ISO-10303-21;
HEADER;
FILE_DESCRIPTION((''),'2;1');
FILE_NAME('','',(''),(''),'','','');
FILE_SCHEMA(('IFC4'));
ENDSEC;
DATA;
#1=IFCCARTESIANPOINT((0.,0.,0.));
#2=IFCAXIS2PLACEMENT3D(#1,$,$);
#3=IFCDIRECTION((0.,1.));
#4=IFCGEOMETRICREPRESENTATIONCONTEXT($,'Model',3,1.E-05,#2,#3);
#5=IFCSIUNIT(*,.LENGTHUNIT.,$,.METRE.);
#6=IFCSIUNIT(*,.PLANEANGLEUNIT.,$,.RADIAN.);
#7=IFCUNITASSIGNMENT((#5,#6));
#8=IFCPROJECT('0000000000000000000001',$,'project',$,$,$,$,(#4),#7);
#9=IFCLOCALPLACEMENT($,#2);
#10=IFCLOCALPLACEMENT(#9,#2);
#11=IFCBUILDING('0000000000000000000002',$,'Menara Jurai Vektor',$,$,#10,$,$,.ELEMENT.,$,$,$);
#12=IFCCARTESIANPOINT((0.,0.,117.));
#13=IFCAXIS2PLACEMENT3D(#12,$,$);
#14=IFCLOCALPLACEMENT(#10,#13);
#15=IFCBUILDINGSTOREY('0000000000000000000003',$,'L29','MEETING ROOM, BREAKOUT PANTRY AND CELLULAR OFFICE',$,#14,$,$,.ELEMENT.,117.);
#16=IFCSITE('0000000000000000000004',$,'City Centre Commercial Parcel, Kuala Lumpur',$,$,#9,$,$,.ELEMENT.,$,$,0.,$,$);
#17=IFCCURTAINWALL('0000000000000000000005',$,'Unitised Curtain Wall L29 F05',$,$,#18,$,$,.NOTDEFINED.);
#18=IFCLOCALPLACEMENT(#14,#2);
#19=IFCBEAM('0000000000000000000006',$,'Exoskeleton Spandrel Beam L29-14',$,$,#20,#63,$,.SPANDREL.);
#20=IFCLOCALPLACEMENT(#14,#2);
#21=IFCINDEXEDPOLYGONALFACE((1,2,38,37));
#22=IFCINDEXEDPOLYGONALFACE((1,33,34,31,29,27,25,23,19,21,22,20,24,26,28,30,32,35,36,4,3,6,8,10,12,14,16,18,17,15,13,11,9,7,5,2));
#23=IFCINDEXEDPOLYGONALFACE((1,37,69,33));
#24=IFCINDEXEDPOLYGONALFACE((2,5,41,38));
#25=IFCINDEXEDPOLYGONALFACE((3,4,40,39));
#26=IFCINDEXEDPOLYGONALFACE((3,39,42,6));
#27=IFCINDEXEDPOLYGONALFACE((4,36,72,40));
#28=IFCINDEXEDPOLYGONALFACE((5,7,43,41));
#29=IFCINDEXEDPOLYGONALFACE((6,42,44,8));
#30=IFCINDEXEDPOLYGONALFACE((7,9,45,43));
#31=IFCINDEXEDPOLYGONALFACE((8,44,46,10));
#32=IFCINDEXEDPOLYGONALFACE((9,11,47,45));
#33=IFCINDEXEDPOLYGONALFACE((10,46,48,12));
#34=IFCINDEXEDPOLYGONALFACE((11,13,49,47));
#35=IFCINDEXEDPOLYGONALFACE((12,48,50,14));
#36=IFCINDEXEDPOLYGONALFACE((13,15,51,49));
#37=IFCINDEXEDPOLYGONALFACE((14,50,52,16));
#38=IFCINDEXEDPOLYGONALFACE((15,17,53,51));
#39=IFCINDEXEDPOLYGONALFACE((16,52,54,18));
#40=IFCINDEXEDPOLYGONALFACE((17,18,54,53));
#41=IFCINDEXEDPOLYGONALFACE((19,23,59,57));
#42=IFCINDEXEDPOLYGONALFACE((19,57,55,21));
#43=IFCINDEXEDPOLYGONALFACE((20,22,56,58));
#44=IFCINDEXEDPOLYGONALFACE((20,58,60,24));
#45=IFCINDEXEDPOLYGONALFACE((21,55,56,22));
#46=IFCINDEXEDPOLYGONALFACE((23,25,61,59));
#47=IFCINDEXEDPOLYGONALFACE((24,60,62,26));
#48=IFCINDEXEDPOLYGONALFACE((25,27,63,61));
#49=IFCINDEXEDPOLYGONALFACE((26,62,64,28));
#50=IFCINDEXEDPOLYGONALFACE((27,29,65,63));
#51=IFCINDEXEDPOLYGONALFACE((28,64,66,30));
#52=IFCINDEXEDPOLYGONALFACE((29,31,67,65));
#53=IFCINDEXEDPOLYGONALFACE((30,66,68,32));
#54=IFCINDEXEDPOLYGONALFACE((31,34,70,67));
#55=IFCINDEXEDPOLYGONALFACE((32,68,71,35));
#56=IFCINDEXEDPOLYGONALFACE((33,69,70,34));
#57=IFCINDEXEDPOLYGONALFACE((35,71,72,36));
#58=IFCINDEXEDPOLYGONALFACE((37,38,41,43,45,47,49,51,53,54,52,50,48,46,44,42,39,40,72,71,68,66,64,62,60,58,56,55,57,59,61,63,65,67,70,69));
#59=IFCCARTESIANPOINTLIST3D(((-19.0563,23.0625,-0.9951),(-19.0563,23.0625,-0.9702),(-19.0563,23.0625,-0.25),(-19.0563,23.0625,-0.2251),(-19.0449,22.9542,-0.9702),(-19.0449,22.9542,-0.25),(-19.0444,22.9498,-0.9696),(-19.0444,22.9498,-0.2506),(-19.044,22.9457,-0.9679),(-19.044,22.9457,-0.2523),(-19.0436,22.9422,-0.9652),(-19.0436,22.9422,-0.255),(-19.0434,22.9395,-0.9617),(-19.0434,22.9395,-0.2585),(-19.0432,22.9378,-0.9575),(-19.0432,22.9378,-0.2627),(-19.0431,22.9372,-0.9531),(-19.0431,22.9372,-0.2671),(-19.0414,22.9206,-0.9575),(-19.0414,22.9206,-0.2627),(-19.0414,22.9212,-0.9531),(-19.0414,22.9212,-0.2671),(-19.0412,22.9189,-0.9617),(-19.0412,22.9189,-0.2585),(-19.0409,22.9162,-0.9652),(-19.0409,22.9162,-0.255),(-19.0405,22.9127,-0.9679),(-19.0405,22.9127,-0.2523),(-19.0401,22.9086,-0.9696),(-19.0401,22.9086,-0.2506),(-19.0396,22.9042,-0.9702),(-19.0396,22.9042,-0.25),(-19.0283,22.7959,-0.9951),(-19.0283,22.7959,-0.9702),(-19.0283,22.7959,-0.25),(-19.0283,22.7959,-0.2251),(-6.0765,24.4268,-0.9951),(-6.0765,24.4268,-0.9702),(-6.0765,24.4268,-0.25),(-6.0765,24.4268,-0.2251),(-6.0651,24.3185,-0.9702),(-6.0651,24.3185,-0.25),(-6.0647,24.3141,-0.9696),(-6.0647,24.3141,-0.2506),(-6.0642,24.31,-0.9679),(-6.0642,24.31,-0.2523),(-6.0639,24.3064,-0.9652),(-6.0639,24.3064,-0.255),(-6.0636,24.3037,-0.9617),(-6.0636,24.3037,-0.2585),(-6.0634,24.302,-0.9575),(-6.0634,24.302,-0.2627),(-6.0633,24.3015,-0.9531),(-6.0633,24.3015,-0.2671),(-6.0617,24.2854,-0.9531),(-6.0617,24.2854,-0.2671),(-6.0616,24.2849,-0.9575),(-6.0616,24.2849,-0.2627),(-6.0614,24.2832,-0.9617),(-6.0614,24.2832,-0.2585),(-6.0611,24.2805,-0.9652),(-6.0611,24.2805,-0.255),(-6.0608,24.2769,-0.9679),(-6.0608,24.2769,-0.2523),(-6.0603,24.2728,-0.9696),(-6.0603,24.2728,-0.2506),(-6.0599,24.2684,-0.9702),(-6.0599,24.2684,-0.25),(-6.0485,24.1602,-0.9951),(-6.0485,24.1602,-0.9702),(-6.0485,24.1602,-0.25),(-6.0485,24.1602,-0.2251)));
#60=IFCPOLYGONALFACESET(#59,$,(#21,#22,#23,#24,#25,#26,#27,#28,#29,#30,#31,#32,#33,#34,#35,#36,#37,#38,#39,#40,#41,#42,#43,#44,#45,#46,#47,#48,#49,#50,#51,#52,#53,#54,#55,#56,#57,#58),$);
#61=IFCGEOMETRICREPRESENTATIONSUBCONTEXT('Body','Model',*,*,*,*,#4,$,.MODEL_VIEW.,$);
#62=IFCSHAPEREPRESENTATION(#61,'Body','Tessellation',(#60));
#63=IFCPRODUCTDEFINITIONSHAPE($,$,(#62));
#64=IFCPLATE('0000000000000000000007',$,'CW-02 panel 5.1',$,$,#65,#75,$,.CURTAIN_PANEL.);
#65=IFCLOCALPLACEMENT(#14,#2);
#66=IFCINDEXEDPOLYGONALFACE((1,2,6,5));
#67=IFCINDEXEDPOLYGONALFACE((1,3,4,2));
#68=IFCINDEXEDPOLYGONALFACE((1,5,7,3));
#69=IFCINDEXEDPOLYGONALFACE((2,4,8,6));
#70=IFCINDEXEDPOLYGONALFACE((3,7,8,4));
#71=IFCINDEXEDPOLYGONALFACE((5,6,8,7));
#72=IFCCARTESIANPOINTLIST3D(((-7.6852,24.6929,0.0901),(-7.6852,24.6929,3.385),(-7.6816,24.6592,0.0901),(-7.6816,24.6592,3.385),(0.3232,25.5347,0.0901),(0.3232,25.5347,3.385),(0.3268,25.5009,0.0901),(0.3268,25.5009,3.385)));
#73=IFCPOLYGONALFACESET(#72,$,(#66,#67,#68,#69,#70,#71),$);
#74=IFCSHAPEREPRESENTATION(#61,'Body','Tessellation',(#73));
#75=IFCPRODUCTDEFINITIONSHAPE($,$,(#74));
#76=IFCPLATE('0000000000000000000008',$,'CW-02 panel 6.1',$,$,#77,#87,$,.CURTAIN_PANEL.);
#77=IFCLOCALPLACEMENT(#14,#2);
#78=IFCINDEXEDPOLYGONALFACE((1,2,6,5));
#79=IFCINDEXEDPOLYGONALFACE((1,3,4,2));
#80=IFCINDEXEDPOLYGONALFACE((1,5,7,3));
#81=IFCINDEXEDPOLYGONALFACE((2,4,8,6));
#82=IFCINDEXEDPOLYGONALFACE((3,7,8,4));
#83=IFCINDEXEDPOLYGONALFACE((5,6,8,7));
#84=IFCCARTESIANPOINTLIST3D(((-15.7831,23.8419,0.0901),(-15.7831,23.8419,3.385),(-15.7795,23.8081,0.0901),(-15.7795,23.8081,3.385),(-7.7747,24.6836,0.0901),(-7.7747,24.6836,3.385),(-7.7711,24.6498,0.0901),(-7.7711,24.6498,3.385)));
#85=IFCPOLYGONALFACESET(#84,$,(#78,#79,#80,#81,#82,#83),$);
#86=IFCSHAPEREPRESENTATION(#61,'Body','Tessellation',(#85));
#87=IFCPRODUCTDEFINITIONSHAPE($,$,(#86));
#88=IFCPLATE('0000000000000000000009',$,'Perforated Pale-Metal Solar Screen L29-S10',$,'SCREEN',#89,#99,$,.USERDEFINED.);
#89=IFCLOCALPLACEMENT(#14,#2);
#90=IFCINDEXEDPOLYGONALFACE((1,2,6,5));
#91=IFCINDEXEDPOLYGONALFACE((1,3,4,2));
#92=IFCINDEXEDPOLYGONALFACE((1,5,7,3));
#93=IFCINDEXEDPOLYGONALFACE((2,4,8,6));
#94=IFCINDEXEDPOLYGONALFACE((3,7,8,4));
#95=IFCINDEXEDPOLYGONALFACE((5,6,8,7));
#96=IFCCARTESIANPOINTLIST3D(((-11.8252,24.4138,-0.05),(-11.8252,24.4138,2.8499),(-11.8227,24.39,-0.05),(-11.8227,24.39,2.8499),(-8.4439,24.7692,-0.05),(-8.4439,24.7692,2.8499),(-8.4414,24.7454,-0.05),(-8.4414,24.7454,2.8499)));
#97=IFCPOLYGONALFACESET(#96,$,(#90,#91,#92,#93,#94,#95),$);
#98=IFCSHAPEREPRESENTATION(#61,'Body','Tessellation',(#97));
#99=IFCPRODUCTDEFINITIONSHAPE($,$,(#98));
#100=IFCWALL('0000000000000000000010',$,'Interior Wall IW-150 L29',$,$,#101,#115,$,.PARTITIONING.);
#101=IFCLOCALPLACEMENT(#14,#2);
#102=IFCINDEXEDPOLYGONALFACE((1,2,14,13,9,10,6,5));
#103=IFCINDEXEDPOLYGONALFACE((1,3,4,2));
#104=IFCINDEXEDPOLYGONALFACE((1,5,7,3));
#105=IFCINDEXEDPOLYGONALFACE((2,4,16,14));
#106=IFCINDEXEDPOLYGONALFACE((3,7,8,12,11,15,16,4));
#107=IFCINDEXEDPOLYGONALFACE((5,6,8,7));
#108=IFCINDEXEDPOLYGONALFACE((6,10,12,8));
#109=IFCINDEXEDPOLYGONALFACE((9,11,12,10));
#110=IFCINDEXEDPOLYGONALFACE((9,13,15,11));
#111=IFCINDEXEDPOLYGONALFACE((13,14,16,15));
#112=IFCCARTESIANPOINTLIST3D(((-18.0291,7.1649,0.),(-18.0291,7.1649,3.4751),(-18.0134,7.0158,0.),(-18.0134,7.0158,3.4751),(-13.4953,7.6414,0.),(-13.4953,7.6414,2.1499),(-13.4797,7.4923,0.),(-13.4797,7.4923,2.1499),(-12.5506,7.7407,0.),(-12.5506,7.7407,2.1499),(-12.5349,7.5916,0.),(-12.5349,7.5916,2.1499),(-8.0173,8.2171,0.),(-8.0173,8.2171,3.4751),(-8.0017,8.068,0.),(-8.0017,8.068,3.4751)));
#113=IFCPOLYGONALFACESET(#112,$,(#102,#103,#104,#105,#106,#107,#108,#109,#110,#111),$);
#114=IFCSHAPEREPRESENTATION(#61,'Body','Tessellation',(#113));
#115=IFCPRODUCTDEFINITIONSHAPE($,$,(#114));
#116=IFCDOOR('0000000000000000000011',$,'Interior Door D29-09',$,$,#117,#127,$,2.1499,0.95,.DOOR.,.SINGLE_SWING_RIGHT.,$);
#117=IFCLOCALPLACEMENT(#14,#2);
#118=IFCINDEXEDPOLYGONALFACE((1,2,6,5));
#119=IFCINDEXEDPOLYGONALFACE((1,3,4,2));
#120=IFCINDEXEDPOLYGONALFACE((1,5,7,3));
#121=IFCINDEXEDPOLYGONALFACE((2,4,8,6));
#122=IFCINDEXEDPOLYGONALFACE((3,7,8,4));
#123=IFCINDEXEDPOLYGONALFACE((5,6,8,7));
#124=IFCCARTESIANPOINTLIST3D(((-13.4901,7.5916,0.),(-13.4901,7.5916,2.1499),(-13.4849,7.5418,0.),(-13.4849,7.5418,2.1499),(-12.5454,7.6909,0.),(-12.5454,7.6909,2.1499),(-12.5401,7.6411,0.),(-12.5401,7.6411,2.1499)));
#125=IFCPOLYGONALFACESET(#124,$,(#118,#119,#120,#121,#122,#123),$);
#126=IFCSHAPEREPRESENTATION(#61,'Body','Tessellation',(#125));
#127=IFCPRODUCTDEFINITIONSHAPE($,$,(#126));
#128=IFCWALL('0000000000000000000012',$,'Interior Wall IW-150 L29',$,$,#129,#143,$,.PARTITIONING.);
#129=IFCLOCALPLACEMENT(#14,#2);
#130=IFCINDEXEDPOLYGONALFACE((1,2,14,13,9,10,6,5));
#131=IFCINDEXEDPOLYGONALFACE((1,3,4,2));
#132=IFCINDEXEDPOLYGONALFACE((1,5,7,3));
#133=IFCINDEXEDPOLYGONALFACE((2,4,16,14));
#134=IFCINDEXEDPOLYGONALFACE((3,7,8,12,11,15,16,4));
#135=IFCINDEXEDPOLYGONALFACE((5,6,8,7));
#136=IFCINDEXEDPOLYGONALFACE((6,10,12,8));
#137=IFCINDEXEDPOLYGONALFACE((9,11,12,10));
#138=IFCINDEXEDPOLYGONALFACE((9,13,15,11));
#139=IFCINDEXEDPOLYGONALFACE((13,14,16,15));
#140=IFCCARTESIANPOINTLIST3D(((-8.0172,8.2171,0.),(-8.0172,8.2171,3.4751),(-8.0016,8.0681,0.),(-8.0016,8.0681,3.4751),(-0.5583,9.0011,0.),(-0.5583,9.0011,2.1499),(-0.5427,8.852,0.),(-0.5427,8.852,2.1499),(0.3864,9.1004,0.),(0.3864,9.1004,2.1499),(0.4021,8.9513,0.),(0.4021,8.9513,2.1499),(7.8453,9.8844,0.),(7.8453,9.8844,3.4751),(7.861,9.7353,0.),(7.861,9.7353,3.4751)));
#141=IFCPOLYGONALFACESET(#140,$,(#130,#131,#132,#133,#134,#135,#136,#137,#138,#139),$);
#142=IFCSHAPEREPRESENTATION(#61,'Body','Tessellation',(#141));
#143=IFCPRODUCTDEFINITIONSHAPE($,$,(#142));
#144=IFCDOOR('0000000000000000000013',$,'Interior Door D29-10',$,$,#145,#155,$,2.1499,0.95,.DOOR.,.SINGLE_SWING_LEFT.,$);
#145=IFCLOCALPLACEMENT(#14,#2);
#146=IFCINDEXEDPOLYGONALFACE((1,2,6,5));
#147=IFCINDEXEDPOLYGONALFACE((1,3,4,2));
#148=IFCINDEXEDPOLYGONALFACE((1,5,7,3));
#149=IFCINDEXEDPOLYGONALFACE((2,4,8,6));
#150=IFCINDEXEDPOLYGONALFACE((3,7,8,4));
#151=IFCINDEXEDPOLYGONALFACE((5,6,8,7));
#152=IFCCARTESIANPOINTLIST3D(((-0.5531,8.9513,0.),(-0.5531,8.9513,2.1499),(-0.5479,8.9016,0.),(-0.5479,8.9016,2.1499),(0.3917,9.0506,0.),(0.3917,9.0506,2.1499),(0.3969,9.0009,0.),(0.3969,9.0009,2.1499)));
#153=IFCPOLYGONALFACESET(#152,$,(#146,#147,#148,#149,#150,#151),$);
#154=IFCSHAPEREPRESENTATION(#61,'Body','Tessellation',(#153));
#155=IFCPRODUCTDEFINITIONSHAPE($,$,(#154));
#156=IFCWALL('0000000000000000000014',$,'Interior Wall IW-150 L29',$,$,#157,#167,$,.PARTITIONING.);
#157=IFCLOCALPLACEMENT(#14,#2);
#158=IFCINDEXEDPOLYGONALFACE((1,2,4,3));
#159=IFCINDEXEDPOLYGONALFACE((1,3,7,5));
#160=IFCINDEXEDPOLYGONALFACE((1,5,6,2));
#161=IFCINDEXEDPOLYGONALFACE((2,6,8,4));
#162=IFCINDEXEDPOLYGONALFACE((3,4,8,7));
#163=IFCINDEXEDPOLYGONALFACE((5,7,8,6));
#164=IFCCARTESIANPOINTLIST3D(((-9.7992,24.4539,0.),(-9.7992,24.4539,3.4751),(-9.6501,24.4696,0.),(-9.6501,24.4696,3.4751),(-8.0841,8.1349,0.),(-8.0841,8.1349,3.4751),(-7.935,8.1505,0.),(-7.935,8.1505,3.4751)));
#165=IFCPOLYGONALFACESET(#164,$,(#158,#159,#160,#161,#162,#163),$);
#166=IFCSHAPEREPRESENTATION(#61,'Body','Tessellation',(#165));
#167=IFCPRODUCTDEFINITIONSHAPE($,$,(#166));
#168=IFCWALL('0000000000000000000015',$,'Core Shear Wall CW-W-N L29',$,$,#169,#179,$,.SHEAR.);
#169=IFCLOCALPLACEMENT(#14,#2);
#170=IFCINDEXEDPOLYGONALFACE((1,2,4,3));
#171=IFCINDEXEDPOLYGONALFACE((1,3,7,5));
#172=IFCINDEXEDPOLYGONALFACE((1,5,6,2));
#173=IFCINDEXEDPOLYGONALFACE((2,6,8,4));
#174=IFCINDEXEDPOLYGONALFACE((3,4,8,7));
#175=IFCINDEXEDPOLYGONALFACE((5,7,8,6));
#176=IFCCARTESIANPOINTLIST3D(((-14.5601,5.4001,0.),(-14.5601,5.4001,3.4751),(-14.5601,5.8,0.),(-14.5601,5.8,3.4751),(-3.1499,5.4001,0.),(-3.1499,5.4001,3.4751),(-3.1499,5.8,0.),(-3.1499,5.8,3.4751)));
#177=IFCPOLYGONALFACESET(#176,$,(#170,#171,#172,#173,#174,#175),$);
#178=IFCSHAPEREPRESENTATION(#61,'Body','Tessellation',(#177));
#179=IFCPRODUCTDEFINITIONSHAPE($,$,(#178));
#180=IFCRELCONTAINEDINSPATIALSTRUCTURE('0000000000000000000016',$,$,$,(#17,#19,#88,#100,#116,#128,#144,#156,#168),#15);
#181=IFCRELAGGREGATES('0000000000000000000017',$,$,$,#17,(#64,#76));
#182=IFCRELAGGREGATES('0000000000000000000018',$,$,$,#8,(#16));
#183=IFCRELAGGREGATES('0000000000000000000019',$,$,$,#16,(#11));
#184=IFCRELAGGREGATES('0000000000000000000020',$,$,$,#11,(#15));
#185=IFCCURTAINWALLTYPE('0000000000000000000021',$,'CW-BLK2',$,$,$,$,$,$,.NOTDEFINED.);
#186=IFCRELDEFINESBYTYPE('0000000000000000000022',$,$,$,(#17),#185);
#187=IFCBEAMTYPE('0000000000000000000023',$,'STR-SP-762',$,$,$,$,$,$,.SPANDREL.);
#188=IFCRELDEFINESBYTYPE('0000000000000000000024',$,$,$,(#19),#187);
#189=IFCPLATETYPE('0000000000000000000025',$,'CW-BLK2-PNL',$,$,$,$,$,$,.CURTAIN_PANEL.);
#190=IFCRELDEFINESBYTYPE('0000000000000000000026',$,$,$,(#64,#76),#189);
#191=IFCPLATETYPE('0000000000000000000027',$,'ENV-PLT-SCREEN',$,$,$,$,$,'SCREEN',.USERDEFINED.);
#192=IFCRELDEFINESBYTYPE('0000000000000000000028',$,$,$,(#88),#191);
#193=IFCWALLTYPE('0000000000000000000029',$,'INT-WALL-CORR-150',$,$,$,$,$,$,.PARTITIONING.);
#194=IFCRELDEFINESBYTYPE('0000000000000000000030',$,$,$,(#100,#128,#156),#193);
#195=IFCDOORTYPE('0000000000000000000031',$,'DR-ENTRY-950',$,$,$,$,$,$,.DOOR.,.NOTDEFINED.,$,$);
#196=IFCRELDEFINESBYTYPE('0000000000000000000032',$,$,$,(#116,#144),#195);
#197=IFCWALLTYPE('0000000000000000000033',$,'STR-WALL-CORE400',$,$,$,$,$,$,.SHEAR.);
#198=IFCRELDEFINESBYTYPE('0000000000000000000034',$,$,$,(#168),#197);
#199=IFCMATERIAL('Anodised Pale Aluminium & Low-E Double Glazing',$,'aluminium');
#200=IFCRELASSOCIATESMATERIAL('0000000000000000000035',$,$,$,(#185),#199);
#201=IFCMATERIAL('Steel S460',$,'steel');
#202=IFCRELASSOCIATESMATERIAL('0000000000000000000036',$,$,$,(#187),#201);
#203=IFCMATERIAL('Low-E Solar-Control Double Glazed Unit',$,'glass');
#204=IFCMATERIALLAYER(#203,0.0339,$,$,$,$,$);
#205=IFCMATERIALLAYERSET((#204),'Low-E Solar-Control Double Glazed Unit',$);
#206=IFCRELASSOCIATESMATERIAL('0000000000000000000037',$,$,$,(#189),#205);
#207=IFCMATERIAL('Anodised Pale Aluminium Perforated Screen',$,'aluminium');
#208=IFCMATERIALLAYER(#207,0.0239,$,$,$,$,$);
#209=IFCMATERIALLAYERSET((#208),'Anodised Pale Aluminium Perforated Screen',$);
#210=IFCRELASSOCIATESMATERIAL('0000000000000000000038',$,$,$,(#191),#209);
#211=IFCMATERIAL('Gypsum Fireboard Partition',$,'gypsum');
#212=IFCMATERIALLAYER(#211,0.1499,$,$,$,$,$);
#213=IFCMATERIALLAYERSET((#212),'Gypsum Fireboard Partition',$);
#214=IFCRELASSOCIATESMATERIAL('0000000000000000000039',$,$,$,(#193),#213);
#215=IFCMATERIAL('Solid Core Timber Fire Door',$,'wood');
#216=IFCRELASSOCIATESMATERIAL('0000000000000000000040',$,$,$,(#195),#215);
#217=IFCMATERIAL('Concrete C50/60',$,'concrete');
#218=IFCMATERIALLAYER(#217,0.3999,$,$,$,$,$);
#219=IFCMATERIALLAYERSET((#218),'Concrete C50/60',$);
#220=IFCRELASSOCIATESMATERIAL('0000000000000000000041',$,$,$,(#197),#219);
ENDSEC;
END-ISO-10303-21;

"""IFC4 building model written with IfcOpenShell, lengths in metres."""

from ifc_helpers import new_model, si_unit, direction, frame, frame_2d, origin, origin_2d, place, context, subcontext, project, spatial, rectangle, i_section, extrude, material, layer, layer_set, material_profile, profile_set, type_object, element, fill, aggregate, save


model = new_model("IFC4")

# Units and contexts
model_context = context("Model", 3, precision=1e-05, world=origin(), true_north=direction((0.0, 1.0)))
body_context = subcontext(model_context, "Body", "Model", "MODEL_VIEW")
ifc_project = project(units=[si_unit("LENGTHUNIT", "METRE"), si_unit("PLANEANGLEUNIT", "RADIAN")], contexts=[model_context])

# Site, building, storey
site_placement = place(None, origin())
site = spatial("IfcSite", under=ifc_project, at=site_placement, Name="City Centre Commercial Parcel, Kuala Lumpur", CompositionType="ELEMENT", RefElevation=0.0)
building_placement = place(site_placement, origin())
building = spatial("IfcBuilding", under=site, at=building_placement, Name="Menara Jurai Vektor", CompositionType="ELEMENT")
storey_placement = place(building_placement, frame((0.0, 0.0, 117.0)))
storey = spatial("IfcBuildingStorey", under=building, at=storey_placement, Name="L29", Description="MEETING ROOM, BREAKOUT PANTRY AND CELLULAR OFFICE", CompositionType="ELEMENT", Elevation=117.0)

# Shared definitions
ifc_material_1 = material(Name="Steel S460", Category="steel")

# Curtain wall
ifc_material_2 = material(Name="Anodised Pale Aluminium & Low-E Double Glazing", Category="aluminium")
curtain_wall_type = type_object("IfcCurtainWallType", Name="CW-BLK2", PredefinedType="NOTDEFINED", material=ifc_material_2)
curtain_wall_placement = place(storey_placement, origin())
curtain_wall = element("IfcCurtainWall", 1, at=curtain_wall_placement, inside=storey, type_object=curtain_wall_type, Name="Unitised Curtain Wall L29 F05", PredefinedType="NOTDEFINED")

# Beam
ifc_material_profile_1 = material_profile(ifc_material_1, i_section(OverallWidth=0.2681, OverallDepth=0.77, WebThickness=0.0161, FlangeThickness=0.0249, FilletRadius=0.0171, at=origin_2d()), Name="UKB 762x267x197")
ifc_profile_set_1 = profile_set([ifc_material_profile_1], Name="Steel S460")
beam_type_1 = type_object("IfcBeamType", Name="STR-SP-762", PredefinedType="SPANDREL", material=ifc_profile_set_1)
beam_1_placement = place(storey_placement, frame((-6.0625, 24.2935, -0.6101), z_axis=(-0.994522, -0.104531, 0.0), x_axis=(0.104531, -0.994522, 0.0)))
element("IfcBeam", 2, at=beam_1_placement, inside=storey, type_object=beam_type_1, Name="Exoskeleton Spandrel Beam L29-14", PredefinedType="SPANDREL", context=body_context, shape_type="SweptSolid", body=[
    extrude(i_section(OverallWidth=0.2681, OverallDepth=0.77, WebThickness=0.0161, FlangeThickness=0.0249, FilletRadius=0.0171, at=origin_2d()), origin(), (0.0, 0.0, 1.0), 13.0513),
])

# Plates
ifc_material_3 = material(Name="Low-E Solar-Control Double Glazed Unit", Category="glass")
ifc_layer_1 = layer(ifc_material_3, 0.0339)
ifc_layer_set_1 = layer_set([ifc_layer_1], Name="Low-E Solar-Control Double Glazed Unit")
plate_type_1 = type_object("IfcPlateType", Name="CW-BLK2-PNL", PredefinedType="CURTAIN_PANEL", material=ifc_layer_set_1)
plate_1_placement = place(storey_placement, frame((-3.6792, 25.0969, 0.0901), z_axis=(0.0, 0.0, 1.0), x_axis=(-0.994522, -0.104529, 0.0)))
plate_1 = element("IfcPlate", 3, at=plate_1_placement, type_object=plate_type_1, Name="CW-02 panel 5.1", PredefinedType="CURTAIN_PANEL", context=body_context, shape_type="SweptSolid", body=[
    extrude(rectangle(XDim=8.0525, YDim=0.0339, at=origin_2d()), origin(), (0.0, 0.0, 1.0), 3.2949),
])
plate_2_placement = place(storey_placement, frame((-11.7771, 24.2458, 0.0901), z_axis=(0.0, 0.0, 1.0), x_axis=(-0.994522, -0.104529, 0.0)))
plate_2 = element("IfcPlate", 4, at=plate_2_placement, type_object=plate_type_1, Name="CW-02 panel 6.1", PredefinedType="CURTAIN_PANEL", context=body_context, shape_type="SweptSolid", body=[
    extrude(rectangle(XDim=8.0525, YDim=0.0339, at=origin_2d()), origin(), (0.0, 0.0, 1.0), 3.2949),
])
aggregate(curtain_wall, [plate_1, plate_2])
ifc_material_4 = material(Name="Anodised Pale Aluminium Perforated Screen", Category="aluminium")
ifc_layer_2 = layer(ifc_material_4, 0.0239)
ifc_layer_set_2 = layer_set([ifc_layer_2], Name="Anodised Pale Aluminium Perforated Screen")
plate_type_2 = type_object("IfcPlateType", Name="ENV-PLT-SCREEN", ElementType="SCREEN", PredefinedType="USERDEFINED", material=ifc_layer_set_2)
plate_3_placement = place(storey_placement, frame((-10.1333, 24.5796, -0.05), z_axis=(0.0, 0.0, 1.0), x_axis=(-0.994522, -0.104528, 0.0)))
element("IfcPlate", 5, at=plate_3_placement, inside=storey, type_object=plate_type_2, Name="Perforated Pale-Metal Solar Screen L29-S10", ObjectType="SCREEN", PredefinedType="USERDEFINED", context=body_context, shape_type="SweptSolid", body=[
    extrude(rectangle(XDim=3.3999, YDim=0.0239, at=origin_2d()), origin(), (0.0, 0.0, 1.0), 2.8999),
])

# Walls, openings, doors
ifc_material_5 = material(Name="Gypsum Fireboard Partition", Category="gypsum")
ifc_layer_3 = layer(ifc_material_5, 0.1499)
ifc_layer_set_3 = layer_set([ifc_layer_3], Name="Gypsum Fireboard Partition")
wall_type_1 = type_object("IfcWallType", Name="INT-WALL-CORR-150", PredefinedType="PARTITIONING", material=ifc_layer_set_3)
wall_1_placement = place(storey_placement, frame((-18.0212, 7.0903, 0.0), z_axis=(0.0, 0.0, 1.0), x_axis=(0.994522, 0.104526, 0.0)))
wall_1 = element("IfcWall", 6, at=wall_1_placement, inside=storey, type_object=wall_type_1, Name="Interior Wall IW-150 L29", PredefinedType="PARTITIONING", context=body_context, shape_type="SweptSolid", body=[
    extrude(rectangle(XDim=10.0669, YDim=0.1499, at=frame_2d((5.0334, 0.0))), origin(), (0.0, 0.0, 1.0), 3.4751),
])
opening_1_placement = place(wall_1_placement, frame((4.5586, 0.0, 0.0)))
opening_1 = element("IfcOpeningElement", 7, at=opening_1_placement, cuts=wall_1, PredefinedType="OPENING", context=body_context, shape_type="SweptSolid", body=[
    extrude(rectangle(XDim=0.95, YDim=2.1499, at=frame_2d((0.4751, 1.075))), frame((0.0, 0.085, 0.0), z_axis=(0.0, -1.0, 0.0), x_axis=(1.0, 0.0, 0.0)), (0.0, 0.0, 1.0), 0.1699),
])
ifc_material_6 = material(Name="Solid Core Timber Fire Door", Category="wood")
door_type = type_object("IfcDoorType", Name="DR-ENTRY-950", OperationType="NOTDEFINED", PredefinedType="DOOR", material=ifc_material_6)
door_1_placement = place(opening_1_placement, origin())
door_1 = element("IfcDoor", 8, at=door_1_placement, inside=storey, type_object=door_type, Name="Interior Door D29-09", OperationType="SINGLE_SWING_RIGHT", OverallHeight=2.1499, OverallWidth=0.95, PredefinedType="DOOR", context=body_context, shape_type="SweptSolid", body=[
    extrude(rectangle(XDim=0.95, YDim=2.1499, at=frame_2d((0.4751, 1.075))), frame((0.0, 0.0249, 0.0), z_axis=(0.0, -1.0, 0.0), x_axis=(1.0, 0.0, 0.0)), (0.0, 0.0, 1.0), 0.05),
])
fill(opening_1, door_1)
wall_2_placement = place(storey_placement, frame((-8.0095, 8.1426, 0.0), z_axis=(0.0, 0.0, 1.0), x_axis=(0.994522, 0.104529, 0.0)))
wall_2 = element("IfcWall", 9, at=wall_2_placement, inside=storey, type_object=wall_type_1, Name="Interior Wall IW-150 L29", PredefinedType="PARTITIONING", context=body_context, shape_type="SweptSolid", body=[
    extrude(rectangle(XDim=15.95, YDim=0.1499, at=frame_2d((7.9751, 0.0))), origin(), (0.0, 0.0, 1.0), 3.4751),
])
opening_2_placement = place(wall_2_placement, frame((7.5, 0.0, 0.0)))
opening_2 = element("IfcOpeningElement", 10, at=opening_2_placement, cuts=wall_2, PredefinedType="OPENING", context=body_context, shape_type="SweptSolid", body=[
    extrude(rectangle(XDim=0.95, YDim=2.1499, at=frame_2d((0.4751, 1.075))), frame((0.0, 0.085, 0.0), z_axis=(0.0, -1.0, 0.0), x_axis=(1.0, 0.0, 0.0)), (0.0, 0.0, 1.0), 0.1699),
])
door_2_placement = place(opening_2_placement, origin())
door_2 = element("IfcDoor", 11, at=door_2_placement, inside=storey, type_object=door_type, Name="Interior Door D29-10", OperationType="SINGLE_SWING_LEFT", OverallHeight=2.1499, OverallWidth=0.95, PredefinedType="DOOR", context=body_context, shape_type="SweptSolid", body=[
    extrude(rectangle(XDim=0.95, YDim=2.1499, at=frame_2d((0.4751, 1.075))), frame((0.0, 0.0249, 0.0), z_axis=(0.0, -1.0, 0.0), x_axis=(1.0, 0.0, 0.0)), (0.0, 0.0, 1.0), 0.05),
])
fill(opening_2, door_2)

# Walls
wall_3_placement = place(storey_placement, frame((-8.0095, 8.1426, 0.0), z_axis=(0.0, 0.0, 1.0), x_axis=(-0.104521, 0.994523, 0.0)))
element("IfcWall", 12, at=wall_3_placement, inside=storey, type_object=wall_type_1, Name="Interior Wall IW-150 L29", PredefinedType="PARTITIONING", context=body_context, shape_type="SweptSolid", body=[
    extrude(rectangle(XDim=16.4089, YDim=0.1499, at=frame_2d((8.2046, 0.0))), origin(), (0.0, 0.0, 1.0), 3.4751),
])
ifc_material_7 = material(Name="Concrete C50/60", Category="concrete")
ifc_layer_4 = layer(ifc_material_7, 0.3999)
ifc_layer_set_4 = layer_set([ifc_layer_4], Name="Concrete C50/60")
wall_type_2 = type_object("IfcWallType", Name="STR-WALL-CORE400", PredefinedType="SHEAR", material=ifc_layer_set_4)
wall_4_placement = place(storey_placement, frame((-14.5601, 5.6001, 0.0), z_axis=(0.0, 0.0, 1.0), x_axis=(1.0, 0.0, 0.0)))
element("IfcWall", 13, at=wall_4_placement, inside=storey, type_object=wall_type_2, Name="Core Shear Wall CW-W-N L29", PredefinedType="SHEAR", context=body_context, shape_type="SweptSolid", body=[
    extrude(rectangle(XDim=11.4102, YDim=0.3999, at=frame_2d((5.7051, 0.0))), origin(), (0.0, 0.0, 1.0), 3.4751),
])

save(model, "model.ifc")
